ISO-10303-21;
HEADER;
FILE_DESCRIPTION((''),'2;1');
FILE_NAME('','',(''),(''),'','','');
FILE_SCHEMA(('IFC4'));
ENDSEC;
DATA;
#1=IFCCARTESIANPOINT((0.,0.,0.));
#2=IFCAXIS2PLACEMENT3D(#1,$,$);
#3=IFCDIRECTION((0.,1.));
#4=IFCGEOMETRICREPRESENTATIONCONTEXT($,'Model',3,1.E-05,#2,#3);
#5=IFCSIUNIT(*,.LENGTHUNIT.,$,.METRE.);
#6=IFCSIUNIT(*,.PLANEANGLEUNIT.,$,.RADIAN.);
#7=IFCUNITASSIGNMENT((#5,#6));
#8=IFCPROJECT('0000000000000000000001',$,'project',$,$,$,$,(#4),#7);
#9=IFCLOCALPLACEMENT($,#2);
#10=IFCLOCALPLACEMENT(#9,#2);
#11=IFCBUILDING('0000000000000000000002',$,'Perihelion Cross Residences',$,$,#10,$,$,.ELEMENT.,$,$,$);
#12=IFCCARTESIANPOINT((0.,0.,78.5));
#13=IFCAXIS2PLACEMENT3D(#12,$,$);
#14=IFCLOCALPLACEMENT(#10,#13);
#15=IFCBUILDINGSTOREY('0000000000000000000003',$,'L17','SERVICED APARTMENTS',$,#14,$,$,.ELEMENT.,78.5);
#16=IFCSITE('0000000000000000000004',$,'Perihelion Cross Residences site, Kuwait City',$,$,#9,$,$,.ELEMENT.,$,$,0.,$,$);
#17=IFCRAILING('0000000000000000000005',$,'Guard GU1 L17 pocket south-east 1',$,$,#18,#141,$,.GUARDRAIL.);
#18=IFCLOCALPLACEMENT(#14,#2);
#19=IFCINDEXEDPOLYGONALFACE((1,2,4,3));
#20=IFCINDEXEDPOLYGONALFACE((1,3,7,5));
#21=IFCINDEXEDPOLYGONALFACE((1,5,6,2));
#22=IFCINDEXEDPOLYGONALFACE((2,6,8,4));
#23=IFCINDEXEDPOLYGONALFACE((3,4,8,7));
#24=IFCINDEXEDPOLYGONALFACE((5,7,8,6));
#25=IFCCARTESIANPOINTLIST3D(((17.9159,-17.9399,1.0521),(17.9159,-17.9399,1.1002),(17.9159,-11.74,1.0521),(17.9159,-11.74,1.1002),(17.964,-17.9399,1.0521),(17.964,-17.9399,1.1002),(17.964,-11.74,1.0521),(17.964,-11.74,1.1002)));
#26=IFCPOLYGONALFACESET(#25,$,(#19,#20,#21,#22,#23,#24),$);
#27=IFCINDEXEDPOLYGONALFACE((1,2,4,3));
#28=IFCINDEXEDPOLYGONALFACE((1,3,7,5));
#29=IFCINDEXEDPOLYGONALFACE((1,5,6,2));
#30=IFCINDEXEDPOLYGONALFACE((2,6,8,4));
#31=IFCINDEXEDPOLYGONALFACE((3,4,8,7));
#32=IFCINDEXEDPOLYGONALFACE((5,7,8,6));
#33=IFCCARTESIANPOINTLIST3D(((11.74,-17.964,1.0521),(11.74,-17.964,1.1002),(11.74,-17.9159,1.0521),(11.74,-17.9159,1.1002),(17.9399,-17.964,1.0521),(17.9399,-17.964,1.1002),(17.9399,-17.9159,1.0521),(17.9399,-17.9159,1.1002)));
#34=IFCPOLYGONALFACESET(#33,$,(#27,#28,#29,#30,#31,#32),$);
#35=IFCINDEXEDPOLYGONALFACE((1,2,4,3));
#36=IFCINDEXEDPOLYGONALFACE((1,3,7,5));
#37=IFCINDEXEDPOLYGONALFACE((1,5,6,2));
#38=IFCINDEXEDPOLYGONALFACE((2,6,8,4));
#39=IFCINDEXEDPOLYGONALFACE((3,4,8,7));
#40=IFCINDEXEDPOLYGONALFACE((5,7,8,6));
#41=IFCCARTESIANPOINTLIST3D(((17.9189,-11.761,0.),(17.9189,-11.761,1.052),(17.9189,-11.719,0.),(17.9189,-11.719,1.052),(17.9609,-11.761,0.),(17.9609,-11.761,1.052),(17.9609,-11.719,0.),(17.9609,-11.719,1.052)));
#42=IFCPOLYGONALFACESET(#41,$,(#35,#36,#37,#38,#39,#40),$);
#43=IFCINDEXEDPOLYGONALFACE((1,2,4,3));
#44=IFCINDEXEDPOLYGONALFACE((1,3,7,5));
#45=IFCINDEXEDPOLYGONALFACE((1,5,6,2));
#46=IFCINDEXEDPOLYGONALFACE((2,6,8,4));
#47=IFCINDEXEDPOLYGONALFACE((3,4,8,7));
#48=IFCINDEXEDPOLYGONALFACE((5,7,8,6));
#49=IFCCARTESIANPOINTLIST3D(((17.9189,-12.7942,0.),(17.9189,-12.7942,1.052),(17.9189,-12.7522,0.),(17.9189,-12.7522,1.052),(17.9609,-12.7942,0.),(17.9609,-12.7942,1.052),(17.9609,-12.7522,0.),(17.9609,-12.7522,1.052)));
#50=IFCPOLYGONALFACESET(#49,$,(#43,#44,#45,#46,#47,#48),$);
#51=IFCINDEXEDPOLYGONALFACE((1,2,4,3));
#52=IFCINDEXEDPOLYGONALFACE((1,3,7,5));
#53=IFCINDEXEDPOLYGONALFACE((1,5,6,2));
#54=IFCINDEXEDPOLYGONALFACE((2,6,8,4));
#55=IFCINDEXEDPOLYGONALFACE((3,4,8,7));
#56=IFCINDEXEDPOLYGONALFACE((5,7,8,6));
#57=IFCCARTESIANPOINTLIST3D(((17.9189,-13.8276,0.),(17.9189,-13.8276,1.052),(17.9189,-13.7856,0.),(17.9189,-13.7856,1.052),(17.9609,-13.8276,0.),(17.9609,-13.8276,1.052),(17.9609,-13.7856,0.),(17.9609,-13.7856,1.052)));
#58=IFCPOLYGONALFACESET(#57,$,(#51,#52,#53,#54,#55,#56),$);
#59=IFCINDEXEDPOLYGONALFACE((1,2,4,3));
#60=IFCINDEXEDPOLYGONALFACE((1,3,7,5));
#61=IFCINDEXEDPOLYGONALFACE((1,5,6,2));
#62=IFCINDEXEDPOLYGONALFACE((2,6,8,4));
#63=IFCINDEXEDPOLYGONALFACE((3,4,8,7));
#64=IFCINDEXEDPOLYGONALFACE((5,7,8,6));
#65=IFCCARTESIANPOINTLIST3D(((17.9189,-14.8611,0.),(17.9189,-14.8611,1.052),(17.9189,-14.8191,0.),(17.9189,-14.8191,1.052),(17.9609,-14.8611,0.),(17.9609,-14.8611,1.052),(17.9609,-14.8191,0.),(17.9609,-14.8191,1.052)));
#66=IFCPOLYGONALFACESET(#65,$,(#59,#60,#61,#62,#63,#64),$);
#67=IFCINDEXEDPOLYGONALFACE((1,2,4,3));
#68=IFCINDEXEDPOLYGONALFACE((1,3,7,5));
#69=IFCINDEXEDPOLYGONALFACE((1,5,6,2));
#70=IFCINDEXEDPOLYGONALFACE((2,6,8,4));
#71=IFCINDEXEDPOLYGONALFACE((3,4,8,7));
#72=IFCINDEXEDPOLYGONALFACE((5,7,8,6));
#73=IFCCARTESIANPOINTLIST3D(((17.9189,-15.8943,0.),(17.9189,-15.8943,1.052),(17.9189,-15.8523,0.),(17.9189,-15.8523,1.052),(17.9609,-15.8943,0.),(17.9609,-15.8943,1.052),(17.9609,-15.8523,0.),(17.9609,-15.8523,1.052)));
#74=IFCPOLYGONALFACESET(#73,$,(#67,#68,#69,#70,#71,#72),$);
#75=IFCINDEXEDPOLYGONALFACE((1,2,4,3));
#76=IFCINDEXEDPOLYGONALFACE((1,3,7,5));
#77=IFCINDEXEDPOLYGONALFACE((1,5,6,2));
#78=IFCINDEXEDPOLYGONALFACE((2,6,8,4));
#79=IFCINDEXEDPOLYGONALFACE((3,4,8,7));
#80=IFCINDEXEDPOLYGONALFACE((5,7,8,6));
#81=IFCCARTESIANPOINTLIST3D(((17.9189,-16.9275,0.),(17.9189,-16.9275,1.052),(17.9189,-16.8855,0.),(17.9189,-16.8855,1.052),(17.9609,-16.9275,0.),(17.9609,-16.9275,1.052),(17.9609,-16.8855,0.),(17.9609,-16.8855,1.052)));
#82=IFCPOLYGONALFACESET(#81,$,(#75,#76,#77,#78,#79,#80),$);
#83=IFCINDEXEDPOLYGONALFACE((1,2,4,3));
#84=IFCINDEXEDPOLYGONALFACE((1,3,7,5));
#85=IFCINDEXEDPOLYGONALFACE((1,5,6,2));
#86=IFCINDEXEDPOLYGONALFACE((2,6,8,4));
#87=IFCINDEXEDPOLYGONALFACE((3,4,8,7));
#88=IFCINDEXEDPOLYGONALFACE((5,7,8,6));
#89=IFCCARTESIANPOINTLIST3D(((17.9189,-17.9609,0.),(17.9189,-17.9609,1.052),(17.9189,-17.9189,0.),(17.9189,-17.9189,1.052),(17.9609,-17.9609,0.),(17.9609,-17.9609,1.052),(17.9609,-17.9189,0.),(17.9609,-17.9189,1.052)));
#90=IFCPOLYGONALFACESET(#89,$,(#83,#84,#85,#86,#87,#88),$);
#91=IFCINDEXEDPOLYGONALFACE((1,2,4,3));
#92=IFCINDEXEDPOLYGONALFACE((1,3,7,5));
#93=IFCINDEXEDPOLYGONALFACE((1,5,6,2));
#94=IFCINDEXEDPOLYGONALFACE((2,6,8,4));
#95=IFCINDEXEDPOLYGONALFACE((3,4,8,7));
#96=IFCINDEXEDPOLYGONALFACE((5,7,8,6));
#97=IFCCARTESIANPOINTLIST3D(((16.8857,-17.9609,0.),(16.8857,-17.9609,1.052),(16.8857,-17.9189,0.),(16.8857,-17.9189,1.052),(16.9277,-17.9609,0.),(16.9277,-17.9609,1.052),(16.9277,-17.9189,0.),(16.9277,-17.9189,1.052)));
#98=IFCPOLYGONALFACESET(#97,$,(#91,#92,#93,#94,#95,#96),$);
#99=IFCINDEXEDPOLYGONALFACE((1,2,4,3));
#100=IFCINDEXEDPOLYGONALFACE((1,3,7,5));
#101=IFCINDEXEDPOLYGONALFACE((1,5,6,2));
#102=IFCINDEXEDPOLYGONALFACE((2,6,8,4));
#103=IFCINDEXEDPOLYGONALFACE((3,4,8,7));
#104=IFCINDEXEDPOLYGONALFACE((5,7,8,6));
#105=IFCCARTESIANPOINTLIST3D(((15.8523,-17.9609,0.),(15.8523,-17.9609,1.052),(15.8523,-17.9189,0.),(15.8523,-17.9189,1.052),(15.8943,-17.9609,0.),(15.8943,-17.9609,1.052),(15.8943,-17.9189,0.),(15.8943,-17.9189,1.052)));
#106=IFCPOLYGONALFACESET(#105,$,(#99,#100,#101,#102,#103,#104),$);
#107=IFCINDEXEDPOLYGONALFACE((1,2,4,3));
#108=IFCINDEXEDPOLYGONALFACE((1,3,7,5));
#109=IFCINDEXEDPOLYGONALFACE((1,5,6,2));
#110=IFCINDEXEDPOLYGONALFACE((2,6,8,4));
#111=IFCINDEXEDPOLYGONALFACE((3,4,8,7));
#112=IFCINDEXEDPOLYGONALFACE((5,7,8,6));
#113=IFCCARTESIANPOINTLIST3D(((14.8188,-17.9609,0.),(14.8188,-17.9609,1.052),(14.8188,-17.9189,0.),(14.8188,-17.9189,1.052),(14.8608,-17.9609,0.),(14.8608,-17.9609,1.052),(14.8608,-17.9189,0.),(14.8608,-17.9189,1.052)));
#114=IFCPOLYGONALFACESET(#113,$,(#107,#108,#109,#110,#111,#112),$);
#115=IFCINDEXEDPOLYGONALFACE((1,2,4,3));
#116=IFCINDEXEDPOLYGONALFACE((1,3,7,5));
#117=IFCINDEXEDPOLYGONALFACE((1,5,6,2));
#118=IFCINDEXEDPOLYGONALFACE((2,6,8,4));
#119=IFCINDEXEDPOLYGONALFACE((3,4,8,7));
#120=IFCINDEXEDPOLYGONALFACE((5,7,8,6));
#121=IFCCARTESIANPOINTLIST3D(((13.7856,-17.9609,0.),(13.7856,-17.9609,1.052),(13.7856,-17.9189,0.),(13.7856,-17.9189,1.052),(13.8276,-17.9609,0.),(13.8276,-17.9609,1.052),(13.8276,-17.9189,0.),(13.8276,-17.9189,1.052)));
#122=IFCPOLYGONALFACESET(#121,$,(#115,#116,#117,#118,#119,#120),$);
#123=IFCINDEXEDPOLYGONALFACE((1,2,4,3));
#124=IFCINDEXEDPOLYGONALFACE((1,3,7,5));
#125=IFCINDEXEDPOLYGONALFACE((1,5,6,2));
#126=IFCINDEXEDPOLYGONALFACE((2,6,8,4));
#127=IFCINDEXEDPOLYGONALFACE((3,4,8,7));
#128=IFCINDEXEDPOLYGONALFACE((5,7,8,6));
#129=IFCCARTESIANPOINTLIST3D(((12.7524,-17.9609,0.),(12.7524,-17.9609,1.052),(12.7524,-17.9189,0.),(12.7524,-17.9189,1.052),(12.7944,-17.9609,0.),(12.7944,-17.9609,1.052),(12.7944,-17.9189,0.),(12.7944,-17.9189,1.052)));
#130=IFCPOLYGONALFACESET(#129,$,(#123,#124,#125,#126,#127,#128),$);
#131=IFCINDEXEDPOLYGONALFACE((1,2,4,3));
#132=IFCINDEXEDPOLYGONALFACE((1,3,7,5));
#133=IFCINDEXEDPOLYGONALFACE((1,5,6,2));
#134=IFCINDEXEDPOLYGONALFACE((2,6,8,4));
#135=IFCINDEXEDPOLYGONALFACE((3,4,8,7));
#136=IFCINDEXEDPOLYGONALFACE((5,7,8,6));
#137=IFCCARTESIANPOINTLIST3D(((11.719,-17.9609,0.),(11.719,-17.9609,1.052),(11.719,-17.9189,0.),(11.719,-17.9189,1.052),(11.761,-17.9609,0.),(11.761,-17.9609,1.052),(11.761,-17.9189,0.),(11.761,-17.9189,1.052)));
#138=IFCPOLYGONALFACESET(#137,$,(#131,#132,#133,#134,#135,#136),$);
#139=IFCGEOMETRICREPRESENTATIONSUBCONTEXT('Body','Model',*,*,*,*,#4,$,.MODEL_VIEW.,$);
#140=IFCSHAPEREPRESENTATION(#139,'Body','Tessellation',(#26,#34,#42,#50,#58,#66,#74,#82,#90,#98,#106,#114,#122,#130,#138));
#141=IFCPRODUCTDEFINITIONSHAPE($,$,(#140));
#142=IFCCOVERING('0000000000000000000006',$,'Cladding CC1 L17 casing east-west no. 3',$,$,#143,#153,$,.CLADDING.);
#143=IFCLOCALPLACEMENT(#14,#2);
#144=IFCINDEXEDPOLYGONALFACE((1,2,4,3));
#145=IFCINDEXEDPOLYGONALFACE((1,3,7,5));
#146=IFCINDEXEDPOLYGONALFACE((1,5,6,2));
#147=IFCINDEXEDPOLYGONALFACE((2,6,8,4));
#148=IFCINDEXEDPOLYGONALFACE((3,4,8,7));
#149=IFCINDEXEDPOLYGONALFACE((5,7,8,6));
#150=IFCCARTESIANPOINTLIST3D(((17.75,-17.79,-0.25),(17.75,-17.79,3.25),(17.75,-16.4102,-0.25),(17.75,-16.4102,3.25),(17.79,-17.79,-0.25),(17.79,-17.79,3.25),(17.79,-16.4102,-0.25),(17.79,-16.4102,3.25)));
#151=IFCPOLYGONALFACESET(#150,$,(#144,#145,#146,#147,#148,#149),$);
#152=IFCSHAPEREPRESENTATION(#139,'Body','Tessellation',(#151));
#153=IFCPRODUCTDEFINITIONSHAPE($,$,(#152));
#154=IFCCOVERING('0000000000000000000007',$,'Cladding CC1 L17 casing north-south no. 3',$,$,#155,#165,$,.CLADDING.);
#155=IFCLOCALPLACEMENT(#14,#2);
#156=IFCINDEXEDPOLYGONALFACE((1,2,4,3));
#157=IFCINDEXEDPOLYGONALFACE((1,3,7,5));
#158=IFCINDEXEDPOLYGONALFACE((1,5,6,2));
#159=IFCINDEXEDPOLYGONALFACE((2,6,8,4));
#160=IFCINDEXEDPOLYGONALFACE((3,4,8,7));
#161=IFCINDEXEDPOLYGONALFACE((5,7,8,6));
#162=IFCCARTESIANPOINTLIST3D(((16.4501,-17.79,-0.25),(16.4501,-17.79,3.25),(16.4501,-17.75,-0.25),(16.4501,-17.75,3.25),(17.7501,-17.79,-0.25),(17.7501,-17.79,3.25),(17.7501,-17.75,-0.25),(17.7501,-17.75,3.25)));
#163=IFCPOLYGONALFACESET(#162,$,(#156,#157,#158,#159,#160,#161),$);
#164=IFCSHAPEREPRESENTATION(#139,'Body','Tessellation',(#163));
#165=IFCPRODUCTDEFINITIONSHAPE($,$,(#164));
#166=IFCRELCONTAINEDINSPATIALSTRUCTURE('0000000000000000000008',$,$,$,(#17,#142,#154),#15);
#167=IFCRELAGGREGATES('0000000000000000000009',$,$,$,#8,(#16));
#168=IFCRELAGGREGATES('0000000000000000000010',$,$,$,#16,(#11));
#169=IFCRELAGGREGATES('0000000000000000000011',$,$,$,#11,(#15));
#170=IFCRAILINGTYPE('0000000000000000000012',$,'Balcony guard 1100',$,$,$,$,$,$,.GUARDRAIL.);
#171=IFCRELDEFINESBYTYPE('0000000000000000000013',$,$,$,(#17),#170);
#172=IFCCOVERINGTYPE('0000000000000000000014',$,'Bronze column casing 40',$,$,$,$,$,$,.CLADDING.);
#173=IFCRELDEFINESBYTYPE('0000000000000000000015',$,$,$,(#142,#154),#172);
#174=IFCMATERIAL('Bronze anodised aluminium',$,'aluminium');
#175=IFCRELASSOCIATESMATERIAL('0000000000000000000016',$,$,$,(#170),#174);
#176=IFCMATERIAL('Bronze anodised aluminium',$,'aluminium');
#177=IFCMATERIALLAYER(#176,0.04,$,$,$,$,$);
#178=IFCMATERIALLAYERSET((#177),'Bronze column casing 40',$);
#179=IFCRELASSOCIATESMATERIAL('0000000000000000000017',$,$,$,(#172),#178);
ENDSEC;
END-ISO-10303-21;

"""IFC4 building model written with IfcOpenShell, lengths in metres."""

from ifc_helpers import new_model, si_unit, direction, frame, origin, origin_2d, place, context, subcontext, project, spatial, rectangle, extrude, material, layer, layer_set, type_object, element, save


model = new_model("IFC4")

# Units and contexts
model_context = context("Model", 3, precision=1e-05, world=origin(), true_north=direction((0.0, 1.0)))
body_context = subcontext(model_context, "Body", "Model", "MODEL_VIEW")
ifc_project = project(units=[si_unit("LENGTHUNIT", "METRE"), si_unit("PLANEANGLEUNIT", "RADIAN")], contexts=[model_context])

# Site, building, storey
site_placement = place(None, origin())
site = spatial("IfcSite", under=ifc_project, at=site_placement, Name="Perihelion Cross Residences site, Kuwait City", CompositionType="ELEMENT", RefElevation=0.0)
building_placement = place(site_placement, origin())
building = spatial("IfcBuilding", under=site, at=building_placement, Name="Perihelion Cross Residences", CompositionType="ELEMENT")
storey_placement = place(building_placement, frame((0.0, 0.0, 78.5)))
storey = spatial("IfcBuildingStorey", under=building, at=storey_placement, Name="L17", Description="SERVICED APARTMENTS", CompositionType="ELEMENT", Elevation=78.5)

# Railing
ifc_material_1 = material(Name="Bronze anodised aluminium", Category="aluminium")
railing_type = type_object("IfcRailingType", Name="Balcony guard 1100", PredefinedType="GUARDRAIL", material=ifc_material_1)
railing_1_placement = place(storey_placement, frame((17.9399, -11.74, 0.0)))
element("IfcRailing", 1, at=railing_1_placement, inside=storey, type_object=railing_type, Name="Guard GU1 L17 pocket south-east 1", PredefinedType="GUARDRAIL", context=body_context, shape_type="SweptSolid", body=[
    extrude(rectangle(XDim=0.0481, YDim=0.0481, at=origin_2d()), frame((0.0, 0.0, 1.0762), z_axis=(0.0, -1.0, 0.0), x_axis=(1.0, 0.0, 0.0)), (0.0, 0.0, 1.0), 6.2),
    extrude(rectangle(XDim=0.0481, YDim=0.0481, at=origin_2d()), frame((0.0, -6.2, 1.0762), z_axis=(-1.0, 0.0, 0.0), x_axis=(0.0, -1.0, 0.0)), (0.0, 0.0, 1.0), 6.2),
    extrude(rectangle(XDim=0.042, YDim=0.042, at=origin_2d()), origin(), (0.0, 0.0, 1.0), 1.052),
    extrude(rectangle(XDim=0.042, YDim=0.042, at=origin_2d()), frame((0.0, -1.0332, 0.0)), (0.0, 0.0, 1.0), 1.052),
    extrude(rectangle(XDim=0.042, YDim=0.042, at=origin_2d()), frame((0.0, -2.0667, 0.0)), (0.0, 0.0, 1.0), 1.052),
    extrude(rectangle(XDim=0.042, YDim=0.042, at=origin_2d()), frame((0.0, -3.1001, 0.0)), (0.0, 0.0, 1.0), 1.052),
    extrude(rectangle(XDim=0.042, YDim=0.042, at=origin_2d()), frame((0.0, -4.1333, 0.0)), (0.0, 0.0, 1.0), 1.052),
    extrude(rectangle(XDim=0.042, YDim=0.042, at=origin_2d()), frame((0.0, -5.1665, 0.0)), (0.0, 0.0, 1.0), 1.052),
    extrude(rectangle(XDim=0.042, YDim=0.042, at=origin_2d()), frame((0.0, -6.2, 0.0)), (0.0, 0.0, 1.0), 1.052),
    extrude(rectangle(XDim=0.042, YDim=0.042, at=origin_2d()), frame((-1.0332, -6.2, 0.0)), (0.0, 0.0, 1.0), 1.052),
    extrude(rectangle(XDim=0.042, YDim=0.042, at=origin_2d()), frame((-2.0667, -6.2, 0.0)), (0.0, 0.0, 1.0), 1.052),
    extrude(rectangle(XDim=0.042, YDim=0.042, at=origin_2d()), frame((-3.1001, -6.2, 0.0)), (0.0, 0.0, 1.0), 1.052),
    extrude(rectangle(XDim=0.042, YDim=0.042, at=origin_2d()), frame((-4.1333, -6.2, 0.0)), (0.0, 0.0, 1.0), 1.052),
    extrude(rectangle(XDim=0.042, YDim=0.042, at=origin_2d()), frame((-5.1665, -6.2, 0.0)), (0.0, 0.0, 1.0), 1.052),
    extrude(rectangle(XDim=0.042, YDim=0.042, at=origin_2d()), frame((-6.2, -6.2, 0.0)), (0.0, 0.0, 1.0), 1.052),
])

# Coverings
ifc_material_2 = material(Name="Bronze anodised aluminium", Category="aluminium")
ifc_layer_1 = layer(ifc_material_2, 0.04)
ifc_layer_set_1 = layer_set([ifc_layer_1], Name="Bronze column casing 40")
covering_type = type_object("IfcCoveringType", Name="Bronze column casing 40", PredefinedType="CLADDING", material=ifc_layer_set_1)
covering_1_placement = place(storey_placement, frame((17.77, -17.1001, -0.25), z_axis=(0.0, 0.0, 1.0), x_axis=(1.0, 0.0, 0.0)))
element("IfcCovering", 2, at=covering_1_placement, inside=storey, type_object=covering_type, Name="Cladding CC1 L17 casing east-west no. 3", PredefinedType="CLADDING", context=body_context, shape_type="SweptSolid", body=[
    extrude(rectangle(XDim=0.04, YDim=1.3799, at=origin_2d()), origin(), (0.0, 0.0, 1.0), 3.5),
])
covering_2_placement = place(storey_placement, frame((17.1001, -17.77, -0.25), z_axis=(0.0, 0.0, 1.0), x_axis=(1.0, 0.0, 0.0)))
element("IfcCovering", 3, at=covering_2_placement, inside=storey, type_object=covering_type, Name="Cladding CC1 L17 casing north-south no. 3", PredefinedType="CLADDING", context=body_context, shape_type="SweptSolid", body=[
    extrude(rectangle(XDim=1.3, YDim=0.04, at=origin_2d()), origin(), (0.0, 0.0, 1.0), 3.5),
])

save(model, "model.ifc")
